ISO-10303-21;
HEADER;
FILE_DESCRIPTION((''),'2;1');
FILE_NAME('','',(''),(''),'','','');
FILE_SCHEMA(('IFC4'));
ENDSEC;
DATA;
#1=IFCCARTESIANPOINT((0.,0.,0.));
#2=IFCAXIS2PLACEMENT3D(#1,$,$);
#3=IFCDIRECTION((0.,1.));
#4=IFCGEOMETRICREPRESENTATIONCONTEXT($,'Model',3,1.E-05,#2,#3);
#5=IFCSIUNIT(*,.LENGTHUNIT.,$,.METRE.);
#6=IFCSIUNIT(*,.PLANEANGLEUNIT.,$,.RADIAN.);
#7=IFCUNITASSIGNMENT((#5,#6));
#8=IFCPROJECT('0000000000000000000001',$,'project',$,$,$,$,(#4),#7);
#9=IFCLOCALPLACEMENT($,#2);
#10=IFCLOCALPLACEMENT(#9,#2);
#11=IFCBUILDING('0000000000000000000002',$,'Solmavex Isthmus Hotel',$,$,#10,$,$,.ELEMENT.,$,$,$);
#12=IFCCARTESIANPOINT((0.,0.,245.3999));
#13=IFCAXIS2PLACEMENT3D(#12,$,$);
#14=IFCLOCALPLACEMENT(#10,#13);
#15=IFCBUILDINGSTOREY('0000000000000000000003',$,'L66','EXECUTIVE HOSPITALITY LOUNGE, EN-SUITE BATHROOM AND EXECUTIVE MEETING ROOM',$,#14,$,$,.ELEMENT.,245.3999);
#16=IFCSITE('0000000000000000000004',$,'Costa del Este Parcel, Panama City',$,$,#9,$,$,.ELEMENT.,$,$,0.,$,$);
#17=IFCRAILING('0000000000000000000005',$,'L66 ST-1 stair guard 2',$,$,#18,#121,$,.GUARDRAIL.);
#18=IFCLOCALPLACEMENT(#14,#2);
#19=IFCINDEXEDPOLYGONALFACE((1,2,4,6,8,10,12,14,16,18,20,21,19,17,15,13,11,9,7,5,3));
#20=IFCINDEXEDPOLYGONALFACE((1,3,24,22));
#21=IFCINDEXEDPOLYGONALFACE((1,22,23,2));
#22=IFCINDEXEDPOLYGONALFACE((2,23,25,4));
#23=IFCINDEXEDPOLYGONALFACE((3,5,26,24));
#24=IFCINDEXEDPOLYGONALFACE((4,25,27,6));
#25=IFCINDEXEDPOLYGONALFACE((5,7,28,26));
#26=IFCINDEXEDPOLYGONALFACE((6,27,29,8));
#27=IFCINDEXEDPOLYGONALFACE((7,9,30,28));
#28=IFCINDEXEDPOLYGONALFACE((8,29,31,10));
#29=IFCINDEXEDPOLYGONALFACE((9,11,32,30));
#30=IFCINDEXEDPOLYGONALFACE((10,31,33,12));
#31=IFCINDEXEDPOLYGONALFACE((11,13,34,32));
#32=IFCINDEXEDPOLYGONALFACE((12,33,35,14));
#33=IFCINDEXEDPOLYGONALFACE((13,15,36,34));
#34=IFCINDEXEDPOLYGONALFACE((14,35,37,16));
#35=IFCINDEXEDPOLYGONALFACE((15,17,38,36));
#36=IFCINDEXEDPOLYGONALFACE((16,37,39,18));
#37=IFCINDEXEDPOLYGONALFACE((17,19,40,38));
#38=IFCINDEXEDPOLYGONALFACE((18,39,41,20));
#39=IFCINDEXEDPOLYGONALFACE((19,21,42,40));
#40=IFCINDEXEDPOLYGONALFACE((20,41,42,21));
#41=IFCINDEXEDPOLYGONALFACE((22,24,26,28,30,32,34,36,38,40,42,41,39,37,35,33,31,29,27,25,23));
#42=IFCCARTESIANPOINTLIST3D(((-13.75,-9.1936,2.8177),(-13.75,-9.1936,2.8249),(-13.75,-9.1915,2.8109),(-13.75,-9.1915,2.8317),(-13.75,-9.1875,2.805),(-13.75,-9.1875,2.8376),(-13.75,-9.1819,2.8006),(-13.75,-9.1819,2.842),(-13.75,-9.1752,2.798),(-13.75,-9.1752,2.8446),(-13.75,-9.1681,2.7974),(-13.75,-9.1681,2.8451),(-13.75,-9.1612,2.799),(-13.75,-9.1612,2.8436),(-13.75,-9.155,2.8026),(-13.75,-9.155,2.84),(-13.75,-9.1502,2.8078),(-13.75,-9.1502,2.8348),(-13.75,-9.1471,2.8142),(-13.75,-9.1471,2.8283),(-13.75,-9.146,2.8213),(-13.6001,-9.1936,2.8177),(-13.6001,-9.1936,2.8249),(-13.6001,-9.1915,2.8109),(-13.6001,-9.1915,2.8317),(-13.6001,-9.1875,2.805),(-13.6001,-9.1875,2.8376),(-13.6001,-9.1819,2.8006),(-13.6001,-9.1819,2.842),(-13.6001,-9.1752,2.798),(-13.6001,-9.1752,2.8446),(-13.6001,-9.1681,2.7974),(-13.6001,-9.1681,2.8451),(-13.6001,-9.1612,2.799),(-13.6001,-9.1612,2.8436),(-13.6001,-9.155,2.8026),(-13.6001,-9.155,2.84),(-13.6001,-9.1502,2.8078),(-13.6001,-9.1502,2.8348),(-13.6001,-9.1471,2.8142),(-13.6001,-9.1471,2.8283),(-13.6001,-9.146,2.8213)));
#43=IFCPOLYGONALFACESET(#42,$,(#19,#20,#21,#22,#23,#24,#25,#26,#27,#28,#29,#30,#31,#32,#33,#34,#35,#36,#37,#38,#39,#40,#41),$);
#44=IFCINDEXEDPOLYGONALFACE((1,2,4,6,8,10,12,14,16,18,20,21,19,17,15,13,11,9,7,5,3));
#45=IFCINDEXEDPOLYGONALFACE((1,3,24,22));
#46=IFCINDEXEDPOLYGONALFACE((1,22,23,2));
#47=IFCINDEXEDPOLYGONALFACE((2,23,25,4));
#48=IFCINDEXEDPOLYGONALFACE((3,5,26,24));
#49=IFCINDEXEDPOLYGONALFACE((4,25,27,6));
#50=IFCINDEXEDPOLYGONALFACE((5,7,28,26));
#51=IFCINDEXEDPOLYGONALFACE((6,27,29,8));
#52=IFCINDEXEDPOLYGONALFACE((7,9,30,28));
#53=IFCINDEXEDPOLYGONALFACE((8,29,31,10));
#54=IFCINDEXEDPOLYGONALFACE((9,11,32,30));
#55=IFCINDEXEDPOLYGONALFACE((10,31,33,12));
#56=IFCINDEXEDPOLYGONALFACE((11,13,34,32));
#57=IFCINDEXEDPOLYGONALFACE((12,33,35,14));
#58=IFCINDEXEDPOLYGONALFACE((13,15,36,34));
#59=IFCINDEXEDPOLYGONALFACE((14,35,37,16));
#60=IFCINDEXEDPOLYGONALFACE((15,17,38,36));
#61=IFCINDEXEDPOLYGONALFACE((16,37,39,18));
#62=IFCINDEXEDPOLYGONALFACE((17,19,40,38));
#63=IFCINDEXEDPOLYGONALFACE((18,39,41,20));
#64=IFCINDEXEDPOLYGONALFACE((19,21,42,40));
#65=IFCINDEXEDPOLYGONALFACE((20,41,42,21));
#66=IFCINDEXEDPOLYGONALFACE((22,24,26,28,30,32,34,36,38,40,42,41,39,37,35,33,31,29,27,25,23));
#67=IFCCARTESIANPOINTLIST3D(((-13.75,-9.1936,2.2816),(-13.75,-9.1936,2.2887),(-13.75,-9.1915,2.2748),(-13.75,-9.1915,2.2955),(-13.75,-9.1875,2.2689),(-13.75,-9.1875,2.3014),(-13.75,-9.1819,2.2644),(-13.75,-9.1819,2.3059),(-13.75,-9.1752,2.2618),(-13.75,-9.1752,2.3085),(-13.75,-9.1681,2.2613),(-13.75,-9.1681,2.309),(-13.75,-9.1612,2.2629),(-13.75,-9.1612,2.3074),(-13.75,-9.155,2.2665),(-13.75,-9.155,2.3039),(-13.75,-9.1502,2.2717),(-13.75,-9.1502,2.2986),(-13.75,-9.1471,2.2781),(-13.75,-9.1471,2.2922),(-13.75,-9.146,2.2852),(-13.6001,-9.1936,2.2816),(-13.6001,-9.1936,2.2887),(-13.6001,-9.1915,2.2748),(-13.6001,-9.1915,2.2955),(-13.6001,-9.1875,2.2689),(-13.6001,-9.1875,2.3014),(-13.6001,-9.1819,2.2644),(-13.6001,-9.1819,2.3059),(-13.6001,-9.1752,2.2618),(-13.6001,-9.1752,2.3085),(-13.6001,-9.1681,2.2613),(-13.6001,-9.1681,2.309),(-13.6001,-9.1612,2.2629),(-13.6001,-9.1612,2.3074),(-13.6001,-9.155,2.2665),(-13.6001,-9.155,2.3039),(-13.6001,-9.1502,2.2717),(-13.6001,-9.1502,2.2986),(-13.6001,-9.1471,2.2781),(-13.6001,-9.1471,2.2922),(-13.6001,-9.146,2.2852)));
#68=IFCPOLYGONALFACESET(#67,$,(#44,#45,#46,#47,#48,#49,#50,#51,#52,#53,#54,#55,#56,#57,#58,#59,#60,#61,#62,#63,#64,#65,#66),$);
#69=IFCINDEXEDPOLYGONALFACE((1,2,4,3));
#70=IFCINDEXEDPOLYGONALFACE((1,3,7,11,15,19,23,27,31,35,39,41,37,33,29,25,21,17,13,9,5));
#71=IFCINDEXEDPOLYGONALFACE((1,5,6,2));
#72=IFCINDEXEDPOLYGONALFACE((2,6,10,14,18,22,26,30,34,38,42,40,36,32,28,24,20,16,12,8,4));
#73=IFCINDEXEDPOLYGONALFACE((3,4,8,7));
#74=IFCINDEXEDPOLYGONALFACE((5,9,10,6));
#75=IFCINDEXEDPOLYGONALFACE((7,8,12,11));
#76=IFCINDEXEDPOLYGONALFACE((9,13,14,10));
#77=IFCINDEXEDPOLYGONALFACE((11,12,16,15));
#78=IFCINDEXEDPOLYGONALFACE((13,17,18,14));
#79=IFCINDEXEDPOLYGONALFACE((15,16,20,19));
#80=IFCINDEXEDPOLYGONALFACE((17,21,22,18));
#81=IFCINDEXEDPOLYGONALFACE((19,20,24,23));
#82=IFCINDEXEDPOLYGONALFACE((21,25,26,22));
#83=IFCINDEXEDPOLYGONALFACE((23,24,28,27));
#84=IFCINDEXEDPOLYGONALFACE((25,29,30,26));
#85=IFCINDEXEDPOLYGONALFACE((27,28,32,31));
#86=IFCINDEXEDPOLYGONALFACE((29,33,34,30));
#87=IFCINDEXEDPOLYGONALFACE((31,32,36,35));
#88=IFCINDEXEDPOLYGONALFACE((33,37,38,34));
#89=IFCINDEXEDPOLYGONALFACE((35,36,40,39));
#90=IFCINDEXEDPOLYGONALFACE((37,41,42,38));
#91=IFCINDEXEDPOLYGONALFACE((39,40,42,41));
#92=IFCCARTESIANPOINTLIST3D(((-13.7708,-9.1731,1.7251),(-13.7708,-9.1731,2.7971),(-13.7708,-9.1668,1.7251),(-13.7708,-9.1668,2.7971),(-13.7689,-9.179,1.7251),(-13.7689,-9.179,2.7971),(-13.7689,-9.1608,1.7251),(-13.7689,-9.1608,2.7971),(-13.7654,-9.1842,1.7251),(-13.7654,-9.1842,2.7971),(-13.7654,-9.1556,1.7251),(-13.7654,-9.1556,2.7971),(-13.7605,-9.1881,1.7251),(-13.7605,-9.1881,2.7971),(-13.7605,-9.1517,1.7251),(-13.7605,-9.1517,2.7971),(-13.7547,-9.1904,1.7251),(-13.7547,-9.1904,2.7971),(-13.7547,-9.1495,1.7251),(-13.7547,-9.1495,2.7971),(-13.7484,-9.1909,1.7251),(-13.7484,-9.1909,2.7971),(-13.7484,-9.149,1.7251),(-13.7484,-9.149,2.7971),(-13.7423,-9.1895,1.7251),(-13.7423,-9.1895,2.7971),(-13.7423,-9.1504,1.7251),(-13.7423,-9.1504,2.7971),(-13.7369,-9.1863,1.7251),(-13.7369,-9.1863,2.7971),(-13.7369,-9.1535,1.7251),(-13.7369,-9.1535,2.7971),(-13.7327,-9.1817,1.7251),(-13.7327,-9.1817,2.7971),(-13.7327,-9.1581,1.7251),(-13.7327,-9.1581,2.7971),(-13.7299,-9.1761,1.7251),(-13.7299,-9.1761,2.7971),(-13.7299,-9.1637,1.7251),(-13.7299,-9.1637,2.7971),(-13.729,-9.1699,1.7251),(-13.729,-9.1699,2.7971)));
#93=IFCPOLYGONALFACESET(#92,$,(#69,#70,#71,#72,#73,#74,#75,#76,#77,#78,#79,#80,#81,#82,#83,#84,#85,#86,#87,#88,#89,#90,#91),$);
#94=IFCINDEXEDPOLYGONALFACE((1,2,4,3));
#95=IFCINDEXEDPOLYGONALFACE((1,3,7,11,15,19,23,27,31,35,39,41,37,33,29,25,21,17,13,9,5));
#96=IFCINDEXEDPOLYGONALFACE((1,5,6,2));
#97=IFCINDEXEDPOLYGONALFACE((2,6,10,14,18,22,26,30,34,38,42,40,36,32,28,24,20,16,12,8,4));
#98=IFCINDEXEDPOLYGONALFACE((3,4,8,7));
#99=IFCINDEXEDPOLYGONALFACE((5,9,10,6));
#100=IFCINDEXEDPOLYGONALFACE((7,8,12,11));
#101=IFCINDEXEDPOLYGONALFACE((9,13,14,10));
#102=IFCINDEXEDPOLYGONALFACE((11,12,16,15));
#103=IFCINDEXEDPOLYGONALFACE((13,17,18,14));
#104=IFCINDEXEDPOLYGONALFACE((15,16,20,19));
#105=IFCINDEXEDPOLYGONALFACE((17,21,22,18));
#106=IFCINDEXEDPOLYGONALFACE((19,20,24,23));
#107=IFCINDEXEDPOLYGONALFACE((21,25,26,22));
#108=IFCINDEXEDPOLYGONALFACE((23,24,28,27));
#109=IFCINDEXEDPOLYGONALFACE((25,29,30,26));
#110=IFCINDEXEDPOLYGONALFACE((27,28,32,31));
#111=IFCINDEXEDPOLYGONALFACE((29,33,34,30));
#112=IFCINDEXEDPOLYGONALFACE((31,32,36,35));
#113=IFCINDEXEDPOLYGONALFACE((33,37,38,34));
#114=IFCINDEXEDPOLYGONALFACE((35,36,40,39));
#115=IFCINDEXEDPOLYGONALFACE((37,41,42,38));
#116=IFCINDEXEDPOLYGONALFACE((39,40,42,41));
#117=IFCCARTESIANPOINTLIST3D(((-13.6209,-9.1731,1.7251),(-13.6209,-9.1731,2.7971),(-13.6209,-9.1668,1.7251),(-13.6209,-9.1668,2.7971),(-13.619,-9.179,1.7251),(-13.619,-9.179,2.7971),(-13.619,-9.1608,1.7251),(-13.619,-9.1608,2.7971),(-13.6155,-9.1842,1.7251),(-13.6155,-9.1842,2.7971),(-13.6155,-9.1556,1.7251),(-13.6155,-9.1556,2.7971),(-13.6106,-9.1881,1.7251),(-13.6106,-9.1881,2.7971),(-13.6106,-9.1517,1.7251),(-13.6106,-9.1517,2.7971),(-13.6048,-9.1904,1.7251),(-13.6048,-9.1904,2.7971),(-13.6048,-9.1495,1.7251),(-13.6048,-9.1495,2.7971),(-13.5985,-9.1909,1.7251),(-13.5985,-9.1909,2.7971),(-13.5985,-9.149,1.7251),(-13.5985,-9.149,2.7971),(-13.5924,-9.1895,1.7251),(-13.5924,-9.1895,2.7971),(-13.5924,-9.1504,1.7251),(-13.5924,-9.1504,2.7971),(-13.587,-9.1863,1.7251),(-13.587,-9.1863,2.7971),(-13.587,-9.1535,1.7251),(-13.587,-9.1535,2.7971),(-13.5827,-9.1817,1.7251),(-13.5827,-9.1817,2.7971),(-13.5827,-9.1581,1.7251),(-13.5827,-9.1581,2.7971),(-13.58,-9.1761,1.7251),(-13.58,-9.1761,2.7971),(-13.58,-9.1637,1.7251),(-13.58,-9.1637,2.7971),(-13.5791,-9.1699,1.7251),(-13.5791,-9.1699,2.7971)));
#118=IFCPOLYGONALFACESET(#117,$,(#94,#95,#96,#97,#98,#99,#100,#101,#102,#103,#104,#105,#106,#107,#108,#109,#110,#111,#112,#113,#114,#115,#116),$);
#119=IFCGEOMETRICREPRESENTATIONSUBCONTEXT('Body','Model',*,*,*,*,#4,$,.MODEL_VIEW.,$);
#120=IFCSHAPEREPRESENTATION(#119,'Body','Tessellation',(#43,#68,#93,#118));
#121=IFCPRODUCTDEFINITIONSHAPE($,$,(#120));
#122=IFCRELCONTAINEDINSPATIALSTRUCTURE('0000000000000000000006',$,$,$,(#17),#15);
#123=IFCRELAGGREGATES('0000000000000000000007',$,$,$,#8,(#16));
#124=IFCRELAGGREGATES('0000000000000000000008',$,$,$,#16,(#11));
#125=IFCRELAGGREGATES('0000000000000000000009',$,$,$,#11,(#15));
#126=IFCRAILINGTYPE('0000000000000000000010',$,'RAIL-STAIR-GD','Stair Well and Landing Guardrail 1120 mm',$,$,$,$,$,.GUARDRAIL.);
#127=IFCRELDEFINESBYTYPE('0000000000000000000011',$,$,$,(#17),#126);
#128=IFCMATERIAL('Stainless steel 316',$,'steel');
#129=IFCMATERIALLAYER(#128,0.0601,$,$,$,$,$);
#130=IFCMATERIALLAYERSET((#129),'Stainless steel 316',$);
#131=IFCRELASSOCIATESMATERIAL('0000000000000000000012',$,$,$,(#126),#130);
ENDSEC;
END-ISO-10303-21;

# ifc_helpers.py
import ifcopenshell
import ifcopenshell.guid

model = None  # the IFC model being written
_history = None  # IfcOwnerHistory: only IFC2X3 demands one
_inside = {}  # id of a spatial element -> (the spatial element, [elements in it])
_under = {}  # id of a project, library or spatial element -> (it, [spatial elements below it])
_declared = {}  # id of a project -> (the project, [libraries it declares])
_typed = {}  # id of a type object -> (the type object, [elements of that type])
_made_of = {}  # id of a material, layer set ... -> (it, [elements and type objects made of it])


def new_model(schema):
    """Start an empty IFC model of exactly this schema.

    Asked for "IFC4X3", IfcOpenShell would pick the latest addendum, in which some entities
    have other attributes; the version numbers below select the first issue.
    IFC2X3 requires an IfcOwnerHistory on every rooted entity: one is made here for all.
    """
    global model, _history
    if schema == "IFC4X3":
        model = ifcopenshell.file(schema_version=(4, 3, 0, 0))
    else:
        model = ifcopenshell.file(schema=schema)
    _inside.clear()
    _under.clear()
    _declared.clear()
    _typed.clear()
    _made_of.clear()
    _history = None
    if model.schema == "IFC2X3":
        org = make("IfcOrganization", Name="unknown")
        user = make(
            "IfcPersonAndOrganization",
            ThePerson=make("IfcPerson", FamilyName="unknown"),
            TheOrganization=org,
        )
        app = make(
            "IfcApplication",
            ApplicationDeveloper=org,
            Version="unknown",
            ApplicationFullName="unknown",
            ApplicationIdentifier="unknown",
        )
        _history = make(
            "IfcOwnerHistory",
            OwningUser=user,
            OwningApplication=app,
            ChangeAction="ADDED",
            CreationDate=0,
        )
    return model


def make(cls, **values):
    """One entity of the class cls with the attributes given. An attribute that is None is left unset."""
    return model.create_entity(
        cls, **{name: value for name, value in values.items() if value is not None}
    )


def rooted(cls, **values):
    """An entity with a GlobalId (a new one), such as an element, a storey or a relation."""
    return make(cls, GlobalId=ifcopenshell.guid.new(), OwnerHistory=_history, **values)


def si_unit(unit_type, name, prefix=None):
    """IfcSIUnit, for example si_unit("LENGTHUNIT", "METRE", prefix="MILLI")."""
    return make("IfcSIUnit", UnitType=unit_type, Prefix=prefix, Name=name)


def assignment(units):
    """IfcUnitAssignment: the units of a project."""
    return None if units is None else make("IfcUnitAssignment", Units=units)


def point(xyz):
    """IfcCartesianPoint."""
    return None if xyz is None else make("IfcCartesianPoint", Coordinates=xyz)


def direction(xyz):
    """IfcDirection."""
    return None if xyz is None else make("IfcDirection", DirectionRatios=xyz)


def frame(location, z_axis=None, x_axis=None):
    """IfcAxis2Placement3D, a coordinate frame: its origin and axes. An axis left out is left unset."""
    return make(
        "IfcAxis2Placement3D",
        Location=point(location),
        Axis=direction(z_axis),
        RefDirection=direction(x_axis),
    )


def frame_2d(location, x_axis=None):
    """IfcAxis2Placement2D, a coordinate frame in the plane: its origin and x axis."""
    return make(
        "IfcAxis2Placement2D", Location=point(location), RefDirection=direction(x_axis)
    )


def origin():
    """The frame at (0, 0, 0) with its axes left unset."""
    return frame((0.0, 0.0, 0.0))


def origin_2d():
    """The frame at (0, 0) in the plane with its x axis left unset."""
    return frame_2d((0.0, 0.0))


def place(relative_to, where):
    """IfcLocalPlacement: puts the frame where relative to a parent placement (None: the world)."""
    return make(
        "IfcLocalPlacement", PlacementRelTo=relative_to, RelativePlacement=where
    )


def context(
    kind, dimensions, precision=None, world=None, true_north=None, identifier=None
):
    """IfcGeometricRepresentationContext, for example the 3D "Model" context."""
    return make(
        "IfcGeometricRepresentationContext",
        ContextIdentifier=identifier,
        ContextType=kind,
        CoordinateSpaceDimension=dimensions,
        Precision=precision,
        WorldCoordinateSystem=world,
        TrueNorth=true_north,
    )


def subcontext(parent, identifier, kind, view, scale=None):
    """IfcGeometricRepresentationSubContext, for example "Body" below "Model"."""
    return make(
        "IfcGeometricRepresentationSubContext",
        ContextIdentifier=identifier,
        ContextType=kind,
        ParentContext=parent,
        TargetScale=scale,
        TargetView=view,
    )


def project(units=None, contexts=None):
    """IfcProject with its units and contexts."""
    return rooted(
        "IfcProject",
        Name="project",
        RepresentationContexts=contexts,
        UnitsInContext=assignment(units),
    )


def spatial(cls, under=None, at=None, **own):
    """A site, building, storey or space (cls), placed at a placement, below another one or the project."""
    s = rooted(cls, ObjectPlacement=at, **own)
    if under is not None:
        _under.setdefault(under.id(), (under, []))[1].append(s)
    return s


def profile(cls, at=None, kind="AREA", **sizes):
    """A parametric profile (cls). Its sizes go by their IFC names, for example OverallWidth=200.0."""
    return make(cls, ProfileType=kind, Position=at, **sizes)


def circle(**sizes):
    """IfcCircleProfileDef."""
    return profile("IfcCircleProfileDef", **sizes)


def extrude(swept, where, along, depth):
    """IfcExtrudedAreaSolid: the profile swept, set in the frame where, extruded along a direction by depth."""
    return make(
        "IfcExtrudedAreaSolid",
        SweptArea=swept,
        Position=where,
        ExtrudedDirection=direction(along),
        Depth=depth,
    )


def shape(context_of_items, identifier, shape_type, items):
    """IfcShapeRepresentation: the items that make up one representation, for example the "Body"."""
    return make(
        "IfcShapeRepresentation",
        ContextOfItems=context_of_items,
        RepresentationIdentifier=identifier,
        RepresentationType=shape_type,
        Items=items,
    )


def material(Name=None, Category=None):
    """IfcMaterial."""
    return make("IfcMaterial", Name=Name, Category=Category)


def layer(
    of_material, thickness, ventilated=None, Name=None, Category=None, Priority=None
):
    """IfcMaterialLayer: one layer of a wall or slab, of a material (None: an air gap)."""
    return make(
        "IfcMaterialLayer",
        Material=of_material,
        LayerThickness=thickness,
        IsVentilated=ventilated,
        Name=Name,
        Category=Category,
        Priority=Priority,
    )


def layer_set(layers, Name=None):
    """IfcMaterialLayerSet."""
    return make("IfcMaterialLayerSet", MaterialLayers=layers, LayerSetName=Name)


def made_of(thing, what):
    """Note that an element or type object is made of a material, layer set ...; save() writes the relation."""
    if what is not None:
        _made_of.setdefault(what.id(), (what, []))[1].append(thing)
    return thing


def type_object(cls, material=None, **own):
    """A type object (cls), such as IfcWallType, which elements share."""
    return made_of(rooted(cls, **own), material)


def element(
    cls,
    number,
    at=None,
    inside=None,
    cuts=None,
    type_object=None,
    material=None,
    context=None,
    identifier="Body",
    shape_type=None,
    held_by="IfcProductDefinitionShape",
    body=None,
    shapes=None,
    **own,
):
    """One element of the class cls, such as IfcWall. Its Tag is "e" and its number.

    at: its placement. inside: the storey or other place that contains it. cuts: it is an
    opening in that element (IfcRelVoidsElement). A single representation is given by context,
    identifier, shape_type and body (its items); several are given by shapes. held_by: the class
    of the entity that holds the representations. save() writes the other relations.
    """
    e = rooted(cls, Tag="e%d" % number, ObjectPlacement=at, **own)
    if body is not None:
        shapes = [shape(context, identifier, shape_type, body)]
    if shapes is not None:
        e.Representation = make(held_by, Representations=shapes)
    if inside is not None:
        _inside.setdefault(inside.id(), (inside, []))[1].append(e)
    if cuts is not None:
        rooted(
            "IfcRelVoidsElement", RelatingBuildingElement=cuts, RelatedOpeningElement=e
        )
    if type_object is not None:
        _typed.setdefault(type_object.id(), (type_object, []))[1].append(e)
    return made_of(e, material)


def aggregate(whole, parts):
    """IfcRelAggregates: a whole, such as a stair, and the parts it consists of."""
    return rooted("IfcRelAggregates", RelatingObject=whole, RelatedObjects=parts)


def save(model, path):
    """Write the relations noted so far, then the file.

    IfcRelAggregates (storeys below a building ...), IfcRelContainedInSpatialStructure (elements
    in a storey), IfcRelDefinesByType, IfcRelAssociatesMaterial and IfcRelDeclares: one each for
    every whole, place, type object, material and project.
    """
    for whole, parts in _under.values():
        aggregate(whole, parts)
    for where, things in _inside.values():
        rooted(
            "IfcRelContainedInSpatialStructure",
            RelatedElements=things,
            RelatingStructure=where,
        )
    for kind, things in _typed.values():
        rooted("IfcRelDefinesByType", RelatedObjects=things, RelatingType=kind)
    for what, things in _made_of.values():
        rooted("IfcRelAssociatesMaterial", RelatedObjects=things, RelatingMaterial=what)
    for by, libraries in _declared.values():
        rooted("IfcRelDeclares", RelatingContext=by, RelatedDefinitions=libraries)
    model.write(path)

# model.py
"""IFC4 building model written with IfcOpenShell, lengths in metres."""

from ifc_helpers import new_model, si_unit, direction, frame, origin, origin_2d, place, context, subcontext, project, spatial, circle, extrude, material, layer, layer_set, type_object, element, save


model = new_model("IFC4")

# Units and contexts
model_context = context("Model", 3, precision=1e-05, world=origin(), true_north=direction((0.0, 1.0)))
body_context = subcontext(model_context, "Body", "Model", "MODEL_VIEW")
ifc_project = project(units=[si_unit("LENGTHUNIT", "METRE"), si_unit("PLANEANGLEUNIT", "RADIAN")], contexts=[model_context])

# Site, building, storey
site_placement = place(None, origin())
site = spatial("IfcSite", under=ifc_project, at=site_placement, Name="Costa del Este Parcel, Panama City", CompositionType="ELEMENT", RefElevation=0.0)
building_placement = place(site_placement, origin())
building = spatial("IfcBuilding", under=site, at=building_placement, Name="Solmavex Isthmus Hotel", CompositionType="ELEMENT")
storey_placement = place(building_placement, frame((0.0, 0.0, 245.3999)))
storey = spatial("IfcBuildingStorey", under=building, at=storey_placement, Name="L66", Description="EXECUTIVE HOSPITALITY LOUNGE, EN-SUITE BATHROOM AND EXECUTIVE MEETING ROOM", CompositionType="ELEMENT", Elevation=245.3999)

# Railing
ifc_material_1 = material(Name="Stainless steel 316", Category="steel")
ifc_layer_1 = layer(ifc_material_1, 0.0601)
ifc_layer_set_1 = layer_set([ifc_layer_1], Name="Stainless steel 316")
railing_type_1 = type_object("IfcRailingType", Name="RAIL-STAIR-GD", Description="Stair Well and Landing Guardrail 1120 mm", PredefinedType="GUARDRAIL", material=ifc_layer_set_1)
railing_1_placement = place(storey_placement, frame((-13.75, -9.1699, 1.7251)))
element("IfcRailing", 1, at=railing_1_placement, inside=storey, type_object=railing_type_1, Name="L66 ST-1 stair guard 2", PredefinedType="GUARDRAIL", context=body_context, shape_type="SweptSolid", body=[
    extrude(circle(Radius=0.0239, at=origin_2d()), frame((0.0, 0.0, 1.0962), z_axis=(1.0, 0.0, 0.0), x_axis=(0.0, 1.0, 0.0)), (0.0, 0.0, 1.0), 0.1499),
    extrude(circle(Radius=0.0239, at=origin_2d()), frame((0.0, 0.0, 0.5601), z_axis=(1.0, 0.0, 0.0), x_axis=(0.0, 1.0, 0.0)), (0.0, 0.0, 1.0), 0.1499),
    extrude(circle(Radius=0.021, at=origin_2d()), origin(), (0.0, 0.0, 1.0), 1.072),
    extrude(circle(Radius=0.021, at=origin_2d()), frame((0.1499, 0.0, 0.0)), (0.0, 0.0, 1.0), 1.072),
])

save(model, "model.ifc")
